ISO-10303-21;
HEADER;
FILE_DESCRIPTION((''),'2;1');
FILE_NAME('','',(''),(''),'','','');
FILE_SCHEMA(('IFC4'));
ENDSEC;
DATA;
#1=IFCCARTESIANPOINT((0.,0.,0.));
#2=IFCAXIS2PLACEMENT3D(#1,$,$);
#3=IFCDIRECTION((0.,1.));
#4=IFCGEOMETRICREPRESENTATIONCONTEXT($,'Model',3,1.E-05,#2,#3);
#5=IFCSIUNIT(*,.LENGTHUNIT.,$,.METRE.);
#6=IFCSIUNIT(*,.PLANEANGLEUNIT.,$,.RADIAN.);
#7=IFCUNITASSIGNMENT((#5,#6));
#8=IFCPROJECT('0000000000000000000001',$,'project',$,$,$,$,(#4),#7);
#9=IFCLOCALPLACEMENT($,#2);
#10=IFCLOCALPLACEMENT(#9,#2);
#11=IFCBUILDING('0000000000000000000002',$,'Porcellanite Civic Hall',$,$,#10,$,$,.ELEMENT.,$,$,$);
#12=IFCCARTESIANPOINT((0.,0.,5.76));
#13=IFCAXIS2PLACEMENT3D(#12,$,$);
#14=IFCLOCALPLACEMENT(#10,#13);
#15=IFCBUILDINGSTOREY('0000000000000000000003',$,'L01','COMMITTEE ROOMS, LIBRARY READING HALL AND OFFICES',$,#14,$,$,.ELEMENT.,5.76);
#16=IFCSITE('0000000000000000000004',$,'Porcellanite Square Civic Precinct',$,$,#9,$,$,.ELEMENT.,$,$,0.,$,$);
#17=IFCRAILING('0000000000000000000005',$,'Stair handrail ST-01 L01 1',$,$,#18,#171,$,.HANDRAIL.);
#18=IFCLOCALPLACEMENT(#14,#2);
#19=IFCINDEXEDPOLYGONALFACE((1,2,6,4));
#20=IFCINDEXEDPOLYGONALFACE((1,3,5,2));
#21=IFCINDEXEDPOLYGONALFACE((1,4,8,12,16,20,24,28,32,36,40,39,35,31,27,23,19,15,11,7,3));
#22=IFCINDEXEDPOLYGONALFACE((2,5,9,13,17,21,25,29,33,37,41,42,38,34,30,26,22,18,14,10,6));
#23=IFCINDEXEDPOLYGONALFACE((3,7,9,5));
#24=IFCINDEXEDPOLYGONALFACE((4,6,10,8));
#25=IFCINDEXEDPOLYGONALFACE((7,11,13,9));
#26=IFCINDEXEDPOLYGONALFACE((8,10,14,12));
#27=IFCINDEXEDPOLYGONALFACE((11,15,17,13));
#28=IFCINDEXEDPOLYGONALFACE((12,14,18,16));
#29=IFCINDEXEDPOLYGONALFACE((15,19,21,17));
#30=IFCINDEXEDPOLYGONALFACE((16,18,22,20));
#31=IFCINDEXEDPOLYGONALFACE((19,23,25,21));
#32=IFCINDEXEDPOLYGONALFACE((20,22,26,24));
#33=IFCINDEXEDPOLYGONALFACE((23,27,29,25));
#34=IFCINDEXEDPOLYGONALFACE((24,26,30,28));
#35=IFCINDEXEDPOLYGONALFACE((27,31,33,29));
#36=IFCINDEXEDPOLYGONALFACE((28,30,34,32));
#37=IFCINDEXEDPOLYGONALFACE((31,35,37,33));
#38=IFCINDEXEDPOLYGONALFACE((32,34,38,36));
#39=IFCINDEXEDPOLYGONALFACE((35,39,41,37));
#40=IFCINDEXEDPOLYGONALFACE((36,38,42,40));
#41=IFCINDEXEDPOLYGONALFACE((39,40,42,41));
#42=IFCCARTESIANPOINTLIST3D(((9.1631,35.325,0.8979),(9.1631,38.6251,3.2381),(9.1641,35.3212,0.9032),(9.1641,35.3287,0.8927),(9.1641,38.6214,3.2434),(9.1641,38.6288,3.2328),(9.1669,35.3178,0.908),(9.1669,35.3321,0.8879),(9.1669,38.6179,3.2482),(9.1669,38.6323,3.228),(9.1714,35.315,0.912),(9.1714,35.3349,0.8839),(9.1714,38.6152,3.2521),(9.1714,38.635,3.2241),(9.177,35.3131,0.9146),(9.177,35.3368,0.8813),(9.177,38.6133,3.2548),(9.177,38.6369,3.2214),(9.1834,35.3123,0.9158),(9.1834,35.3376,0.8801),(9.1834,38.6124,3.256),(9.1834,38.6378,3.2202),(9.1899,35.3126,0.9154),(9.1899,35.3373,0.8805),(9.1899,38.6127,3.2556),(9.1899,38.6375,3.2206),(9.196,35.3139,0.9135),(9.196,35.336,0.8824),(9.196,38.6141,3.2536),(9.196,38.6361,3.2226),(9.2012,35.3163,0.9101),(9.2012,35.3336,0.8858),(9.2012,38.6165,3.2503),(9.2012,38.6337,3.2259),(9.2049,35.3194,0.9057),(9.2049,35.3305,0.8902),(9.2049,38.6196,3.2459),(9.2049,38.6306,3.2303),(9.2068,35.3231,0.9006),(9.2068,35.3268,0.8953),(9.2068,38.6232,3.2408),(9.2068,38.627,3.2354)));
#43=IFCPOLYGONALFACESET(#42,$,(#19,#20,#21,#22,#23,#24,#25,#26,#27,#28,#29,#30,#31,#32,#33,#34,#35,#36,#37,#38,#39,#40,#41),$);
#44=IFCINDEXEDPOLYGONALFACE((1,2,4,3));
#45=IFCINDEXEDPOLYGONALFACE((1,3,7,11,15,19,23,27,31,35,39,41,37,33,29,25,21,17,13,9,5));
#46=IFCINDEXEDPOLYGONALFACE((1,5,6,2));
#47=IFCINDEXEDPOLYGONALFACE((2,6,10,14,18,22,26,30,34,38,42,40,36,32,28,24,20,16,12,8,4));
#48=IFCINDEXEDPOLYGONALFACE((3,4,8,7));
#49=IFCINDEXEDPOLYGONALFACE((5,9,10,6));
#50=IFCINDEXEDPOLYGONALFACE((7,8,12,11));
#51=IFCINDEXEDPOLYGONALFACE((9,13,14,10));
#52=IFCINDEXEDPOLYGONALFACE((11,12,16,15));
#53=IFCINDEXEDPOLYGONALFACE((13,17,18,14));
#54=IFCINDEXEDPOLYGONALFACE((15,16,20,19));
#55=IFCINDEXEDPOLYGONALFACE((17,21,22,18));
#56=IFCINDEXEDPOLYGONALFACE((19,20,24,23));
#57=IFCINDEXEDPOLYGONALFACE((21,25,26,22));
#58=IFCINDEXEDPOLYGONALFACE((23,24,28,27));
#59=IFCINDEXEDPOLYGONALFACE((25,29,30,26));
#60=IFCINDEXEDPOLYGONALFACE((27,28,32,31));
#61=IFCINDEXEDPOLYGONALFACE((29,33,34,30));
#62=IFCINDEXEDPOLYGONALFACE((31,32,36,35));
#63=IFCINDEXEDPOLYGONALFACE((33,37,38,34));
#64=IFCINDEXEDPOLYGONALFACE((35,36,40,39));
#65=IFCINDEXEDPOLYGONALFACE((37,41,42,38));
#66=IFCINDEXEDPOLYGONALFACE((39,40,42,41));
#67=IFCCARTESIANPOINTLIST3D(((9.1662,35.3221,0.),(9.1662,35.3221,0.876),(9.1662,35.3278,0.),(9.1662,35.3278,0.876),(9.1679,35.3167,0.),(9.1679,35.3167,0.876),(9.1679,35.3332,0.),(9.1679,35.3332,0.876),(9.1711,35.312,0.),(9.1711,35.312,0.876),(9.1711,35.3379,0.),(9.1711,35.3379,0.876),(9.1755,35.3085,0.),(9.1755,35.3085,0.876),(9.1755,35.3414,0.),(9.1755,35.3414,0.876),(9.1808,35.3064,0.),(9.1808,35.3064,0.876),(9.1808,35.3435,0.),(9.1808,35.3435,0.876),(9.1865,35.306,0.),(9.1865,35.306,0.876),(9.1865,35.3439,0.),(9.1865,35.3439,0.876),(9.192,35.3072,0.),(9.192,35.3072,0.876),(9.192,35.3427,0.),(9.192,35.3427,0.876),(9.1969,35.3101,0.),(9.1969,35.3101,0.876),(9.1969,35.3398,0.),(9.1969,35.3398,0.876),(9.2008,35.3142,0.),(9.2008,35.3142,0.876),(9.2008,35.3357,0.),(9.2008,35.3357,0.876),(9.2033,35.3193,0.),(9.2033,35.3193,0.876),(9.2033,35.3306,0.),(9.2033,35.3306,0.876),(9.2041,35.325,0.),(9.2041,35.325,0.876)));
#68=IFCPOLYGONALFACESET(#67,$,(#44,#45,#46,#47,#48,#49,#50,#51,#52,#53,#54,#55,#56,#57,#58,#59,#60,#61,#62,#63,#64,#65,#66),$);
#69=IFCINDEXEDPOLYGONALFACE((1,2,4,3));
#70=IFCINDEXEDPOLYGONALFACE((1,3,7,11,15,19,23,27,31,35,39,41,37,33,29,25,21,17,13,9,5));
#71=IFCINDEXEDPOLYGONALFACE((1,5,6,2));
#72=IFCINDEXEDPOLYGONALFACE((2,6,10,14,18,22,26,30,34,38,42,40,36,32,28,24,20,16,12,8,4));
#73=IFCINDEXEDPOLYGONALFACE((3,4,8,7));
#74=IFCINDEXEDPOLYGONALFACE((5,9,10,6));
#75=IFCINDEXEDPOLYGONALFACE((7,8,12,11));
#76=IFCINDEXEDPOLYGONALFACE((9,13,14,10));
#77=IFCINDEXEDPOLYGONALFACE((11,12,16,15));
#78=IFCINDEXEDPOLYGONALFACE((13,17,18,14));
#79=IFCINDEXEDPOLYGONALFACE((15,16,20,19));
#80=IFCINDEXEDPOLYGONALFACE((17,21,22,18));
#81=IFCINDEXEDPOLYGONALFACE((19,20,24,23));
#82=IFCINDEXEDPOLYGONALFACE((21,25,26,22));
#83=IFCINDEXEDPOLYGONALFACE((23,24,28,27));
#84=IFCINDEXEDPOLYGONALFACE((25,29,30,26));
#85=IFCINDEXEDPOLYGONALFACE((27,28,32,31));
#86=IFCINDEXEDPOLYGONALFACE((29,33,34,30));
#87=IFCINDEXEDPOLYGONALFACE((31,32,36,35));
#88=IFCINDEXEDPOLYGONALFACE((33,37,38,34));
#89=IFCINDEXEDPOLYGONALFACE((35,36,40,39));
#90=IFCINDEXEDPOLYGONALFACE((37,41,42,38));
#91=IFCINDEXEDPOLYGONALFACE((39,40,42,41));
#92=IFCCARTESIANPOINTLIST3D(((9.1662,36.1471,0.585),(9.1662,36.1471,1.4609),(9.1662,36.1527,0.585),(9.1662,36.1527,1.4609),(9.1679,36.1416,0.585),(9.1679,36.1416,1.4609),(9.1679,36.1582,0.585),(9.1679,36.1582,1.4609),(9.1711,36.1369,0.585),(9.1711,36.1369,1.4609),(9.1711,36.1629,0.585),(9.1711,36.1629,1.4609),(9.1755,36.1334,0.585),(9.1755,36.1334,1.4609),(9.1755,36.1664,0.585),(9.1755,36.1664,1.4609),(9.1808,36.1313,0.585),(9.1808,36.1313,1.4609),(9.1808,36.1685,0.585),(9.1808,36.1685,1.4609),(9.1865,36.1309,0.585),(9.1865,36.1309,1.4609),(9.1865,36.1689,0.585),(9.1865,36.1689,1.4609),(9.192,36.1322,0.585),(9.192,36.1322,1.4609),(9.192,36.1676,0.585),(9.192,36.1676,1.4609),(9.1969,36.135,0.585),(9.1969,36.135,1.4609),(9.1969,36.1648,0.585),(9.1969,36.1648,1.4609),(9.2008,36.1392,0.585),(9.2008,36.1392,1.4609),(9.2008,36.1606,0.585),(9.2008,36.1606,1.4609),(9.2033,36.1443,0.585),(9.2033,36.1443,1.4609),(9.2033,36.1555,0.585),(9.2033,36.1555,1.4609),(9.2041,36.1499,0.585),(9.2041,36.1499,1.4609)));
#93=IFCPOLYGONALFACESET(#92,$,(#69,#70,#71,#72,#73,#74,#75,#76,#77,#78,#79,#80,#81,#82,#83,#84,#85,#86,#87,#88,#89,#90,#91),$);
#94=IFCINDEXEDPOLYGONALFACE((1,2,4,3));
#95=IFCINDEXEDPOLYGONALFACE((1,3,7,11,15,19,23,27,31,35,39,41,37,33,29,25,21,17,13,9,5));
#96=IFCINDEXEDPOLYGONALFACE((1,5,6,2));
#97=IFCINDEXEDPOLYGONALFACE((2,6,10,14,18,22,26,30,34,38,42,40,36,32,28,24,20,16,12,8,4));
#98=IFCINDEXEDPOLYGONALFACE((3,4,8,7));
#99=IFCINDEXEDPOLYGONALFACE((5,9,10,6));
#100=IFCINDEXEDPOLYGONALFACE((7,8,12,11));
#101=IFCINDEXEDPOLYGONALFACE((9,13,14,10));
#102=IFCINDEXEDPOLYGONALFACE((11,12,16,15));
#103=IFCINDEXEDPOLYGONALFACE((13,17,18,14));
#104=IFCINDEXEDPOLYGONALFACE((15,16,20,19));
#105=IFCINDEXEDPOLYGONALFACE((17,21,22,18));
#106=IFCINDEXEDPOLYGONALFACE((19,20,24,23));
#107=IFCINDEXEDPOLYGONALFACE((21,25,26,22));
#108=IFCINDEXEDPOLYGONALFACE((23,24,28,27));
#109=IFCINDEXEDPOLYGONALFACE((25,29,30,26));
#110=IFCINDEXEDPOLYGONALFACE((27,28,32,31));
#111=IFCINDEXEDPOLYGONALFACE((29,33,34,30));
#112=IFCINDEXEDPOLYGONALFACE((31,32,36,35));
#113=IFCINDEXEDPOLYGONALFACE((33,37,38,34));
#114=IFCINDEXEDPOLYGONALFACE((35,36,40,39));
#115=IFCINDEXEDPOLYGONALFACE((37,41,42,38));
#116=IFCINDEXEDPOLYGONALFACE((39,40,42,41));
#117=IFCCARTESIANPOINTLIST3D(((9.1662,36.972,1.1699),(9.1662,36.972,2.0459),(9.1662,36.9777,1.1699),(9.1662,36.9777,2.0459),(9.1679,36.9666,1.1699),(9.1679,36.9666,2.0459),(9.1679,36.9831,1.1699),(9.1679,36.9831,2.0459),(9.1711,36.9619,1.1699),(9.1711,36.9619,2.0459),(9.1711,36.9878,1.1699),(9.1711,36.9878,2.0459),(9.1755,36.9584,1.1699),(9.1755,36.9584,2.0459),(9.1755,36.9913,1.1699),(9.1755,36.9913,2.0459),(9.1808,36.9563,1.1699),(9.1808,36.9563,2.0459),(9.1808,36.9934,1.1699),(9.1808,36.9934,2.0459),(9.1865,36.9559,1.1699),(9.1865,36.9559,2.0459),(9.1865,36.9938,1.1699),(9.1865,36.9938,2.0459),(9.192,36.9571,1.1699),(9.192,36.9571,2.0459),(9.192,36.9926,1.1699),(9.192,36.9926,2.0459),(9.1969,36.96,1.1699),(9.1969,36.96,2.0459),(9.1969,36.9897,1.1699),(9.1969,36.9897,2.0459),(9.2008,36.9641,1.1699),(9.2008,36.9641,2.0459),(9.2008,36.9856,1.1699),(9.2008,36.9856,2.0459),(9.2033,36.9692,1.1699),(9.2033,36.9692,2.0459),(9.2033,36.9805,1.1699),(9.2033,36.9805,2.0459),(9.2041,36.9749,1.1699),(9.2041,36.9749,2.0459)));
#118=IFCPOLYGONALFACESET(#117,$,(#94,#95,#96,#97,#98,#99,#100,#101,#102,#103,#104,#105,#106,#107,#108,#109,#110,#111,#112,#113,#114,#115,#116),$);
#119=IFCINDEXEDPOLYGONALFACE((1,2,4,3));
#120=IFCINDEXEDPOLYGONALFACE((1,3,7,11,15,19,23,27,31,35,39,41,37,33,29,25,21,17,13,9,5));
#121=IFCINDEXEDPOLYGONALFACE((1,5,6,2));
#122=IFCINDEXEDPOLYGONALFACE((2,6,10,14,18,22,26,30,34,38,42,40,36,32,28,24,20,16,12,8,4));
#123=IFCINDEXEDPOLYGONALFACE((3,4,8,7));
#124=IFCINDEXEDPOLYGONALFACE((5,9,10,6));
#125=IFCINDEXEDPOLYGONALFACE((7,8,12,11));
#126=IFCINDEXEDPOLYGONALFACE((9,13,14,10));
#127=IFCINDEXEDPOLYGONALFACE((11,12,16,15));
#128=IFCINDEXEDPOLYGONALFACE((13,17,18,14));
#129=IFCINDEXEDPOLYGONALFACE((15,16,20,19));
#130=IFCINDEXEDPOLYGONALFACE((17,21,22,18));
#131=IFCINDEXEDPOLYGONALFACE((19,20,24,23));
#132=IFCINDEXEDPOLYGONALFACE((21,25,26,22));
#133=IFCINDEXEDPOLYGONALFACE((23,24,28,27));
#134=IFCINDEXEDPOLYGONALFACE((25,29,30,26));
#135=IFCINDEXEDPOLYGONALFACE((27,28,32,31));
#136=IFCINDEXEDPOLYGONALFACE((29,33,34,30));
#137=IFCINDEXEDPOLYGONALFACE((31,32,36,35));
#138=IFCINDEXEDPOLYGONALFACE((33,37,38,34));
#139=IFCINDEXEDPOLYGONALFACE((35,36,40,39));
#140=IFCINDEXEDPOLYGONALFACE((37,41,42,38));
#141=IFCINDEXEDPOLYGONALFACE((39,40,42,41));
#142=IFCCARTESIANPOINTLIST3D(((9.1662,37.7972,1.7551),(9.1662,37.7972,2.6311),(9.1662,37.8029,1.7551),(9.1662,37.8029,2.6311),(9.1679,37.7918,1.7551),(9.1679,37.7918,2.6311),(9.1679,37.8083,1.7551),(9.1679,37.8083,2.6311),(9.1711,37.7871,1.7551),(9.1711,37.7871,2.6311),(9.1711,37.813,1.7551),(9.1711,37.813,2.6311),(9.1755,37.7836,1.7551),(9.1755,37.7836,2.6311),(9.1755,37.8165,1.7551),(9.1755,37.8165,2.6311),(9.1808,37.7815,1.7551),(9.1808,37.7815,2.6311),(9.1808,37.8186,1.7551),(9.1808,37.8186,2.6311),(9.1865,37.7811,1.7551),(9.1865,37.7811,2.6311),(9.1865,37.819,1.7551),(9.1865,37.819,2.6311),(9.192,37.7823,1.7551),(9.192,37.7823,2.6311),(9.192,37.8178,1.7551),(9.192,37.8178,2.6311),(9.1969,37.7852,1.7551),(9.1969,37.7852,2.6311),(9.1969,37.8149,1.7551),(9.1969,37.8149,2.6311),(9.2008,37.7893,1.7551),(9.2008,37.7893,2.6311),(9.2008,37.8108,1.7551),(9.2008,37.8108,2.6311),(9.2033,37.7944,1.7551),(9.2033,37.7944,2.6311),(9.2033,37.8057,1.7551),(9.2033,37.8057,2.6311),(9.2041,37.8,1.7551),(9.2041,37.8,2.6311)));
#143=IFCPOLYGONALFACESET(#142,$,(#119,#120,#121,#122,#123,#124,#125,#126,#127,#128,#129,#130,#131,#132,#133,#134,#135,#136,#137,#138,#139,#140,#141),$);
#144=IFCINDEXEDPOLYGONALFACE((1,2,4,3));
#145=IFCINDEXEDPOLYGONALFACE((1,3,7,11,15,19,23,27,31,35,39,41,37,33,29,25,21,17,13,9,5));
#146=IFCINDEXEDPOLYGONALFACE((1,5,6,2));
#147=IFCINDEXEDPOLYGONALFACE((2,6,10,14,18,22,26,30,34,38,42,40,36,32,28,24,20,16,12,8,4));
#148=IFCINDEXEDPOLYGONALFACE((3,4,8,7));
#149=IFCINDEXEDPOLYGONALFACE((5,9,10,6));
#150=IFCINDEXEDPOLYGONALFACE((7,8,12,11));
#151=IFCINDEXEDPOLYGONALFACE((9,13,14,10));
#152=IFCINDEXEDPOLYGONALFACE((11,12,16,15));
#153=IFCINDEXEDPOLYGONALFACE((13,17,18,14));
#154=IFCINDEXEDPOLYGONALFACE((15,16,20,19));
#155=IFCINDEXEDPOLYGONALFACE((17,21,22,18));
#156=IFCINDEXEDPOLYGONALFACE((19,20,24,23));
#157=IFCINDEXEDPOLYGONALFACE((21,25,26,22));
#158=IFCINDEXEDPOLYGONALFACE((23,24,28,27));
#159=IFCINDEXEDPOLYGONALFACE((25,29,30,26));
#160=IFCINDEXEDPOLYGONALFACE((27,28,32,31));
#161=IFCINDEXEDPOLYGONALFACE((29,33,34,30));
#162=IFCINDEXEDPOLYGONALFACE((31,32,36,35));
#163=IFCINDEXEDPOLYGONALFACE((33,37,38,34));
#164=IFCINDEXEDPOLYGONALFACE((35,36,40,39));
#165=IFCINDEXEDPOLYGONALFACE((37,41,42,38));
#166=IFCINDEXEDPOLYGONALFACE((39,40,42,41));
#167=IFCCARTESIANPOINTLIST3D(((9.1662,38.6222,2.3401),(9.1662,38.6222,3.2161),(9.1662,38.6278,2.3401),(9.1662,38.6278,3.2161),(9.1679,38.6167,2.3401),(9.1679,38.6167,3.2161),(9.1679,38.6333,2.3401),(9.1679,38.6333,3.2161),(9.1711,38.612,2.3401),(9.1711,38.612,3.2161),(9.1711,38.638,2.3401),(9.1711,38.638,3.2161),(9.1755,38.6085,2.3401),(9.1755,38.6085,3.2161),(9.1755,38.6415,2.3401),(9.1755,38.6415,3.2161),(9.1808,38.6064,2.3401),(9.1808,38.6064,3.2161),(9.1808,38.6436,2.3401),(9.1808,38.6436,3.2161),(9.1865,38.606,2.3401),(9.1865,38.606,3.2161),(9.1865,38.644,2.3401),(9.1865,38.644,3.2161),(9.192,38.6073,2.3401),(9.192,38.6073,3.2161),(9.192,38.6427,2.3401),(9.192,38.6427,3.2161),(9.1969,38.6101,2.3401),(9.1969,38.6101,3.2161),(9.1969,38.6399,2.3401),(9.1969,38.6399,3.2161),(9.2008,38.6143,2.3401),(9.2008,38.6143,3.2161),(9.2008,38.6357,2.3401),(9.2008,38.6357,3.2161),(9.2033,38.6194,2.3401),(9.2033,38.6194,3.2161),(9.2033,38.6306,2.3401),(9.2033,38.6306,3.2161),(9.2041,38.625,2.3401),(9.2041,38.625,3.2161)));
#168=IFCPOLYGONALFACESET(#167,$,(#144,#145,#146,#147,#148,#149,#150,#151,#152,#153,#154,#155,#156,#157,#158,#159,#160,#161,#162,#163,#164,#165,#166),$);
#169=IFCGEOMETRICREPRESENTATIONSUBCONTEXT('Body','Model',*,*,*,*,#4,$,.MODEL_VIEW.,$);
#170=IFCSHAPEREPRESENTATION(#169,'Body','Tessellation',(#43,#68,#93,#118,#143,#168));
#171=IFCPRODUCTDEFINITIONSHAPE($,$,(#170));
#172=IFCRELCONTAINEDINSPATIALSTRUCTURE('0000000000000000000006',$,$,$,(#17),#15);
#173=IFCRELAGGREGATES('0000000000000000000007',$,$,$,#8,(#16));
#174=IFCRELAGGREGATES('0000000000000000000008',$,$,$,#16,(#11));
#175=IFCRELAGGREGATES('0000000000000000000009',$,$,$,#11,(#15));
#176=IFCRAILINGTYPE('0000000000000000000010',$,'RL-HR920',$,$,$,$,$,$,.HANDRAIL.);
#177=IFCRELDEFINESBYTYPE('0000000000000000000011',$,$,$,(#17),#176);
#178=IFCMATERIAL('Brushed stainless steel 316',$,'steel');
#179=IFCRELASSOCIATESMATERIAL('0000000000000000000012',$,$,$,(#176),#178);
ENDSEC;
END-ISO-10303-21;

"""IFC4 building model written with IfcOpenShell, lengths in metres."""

from ifc_helpers import new_model, si_unit, direction, frame, origin, origin_2d, place, context, subcontext, project, spatial, circle, extrude, material, type_object, element, save


model = new_model("IFC4")

# Units and contexts
model_context = context("Model", 3, precision=1e-05, world=origin(), true_north=direction((0.0, 1.0)))
body_context = subcontext(model_context, "Body", "Model", "MODEL_VIEW")
ifc_project = project(units=[si_unit("LENGTHUNIT", "METRE"), si_unit("PLANEANGLEUNIT", "RADIAN")], contexts=[model_context])

# Site, building, storey
site_placement = place(None, origin())
site = spatial("IfcSite", under=ifc_project, at=site_placement, Name="Porcellanite Square Civic Precinct", CompositionType="ELEMENT", RefElevation=0.0)
building_placement = place(site_placement, origin())
building = spatial("IfcBuilding", under=site, at=building_placement, Name="Porcellanite Civic Hall", CompositionType="ELEMENT")
storey_placement = place(building_placement, frame((0.0, 0.0, 5.76)))
storey = spatial("IfcBuildingStorey", under=building, at=storey_placement, Name="L01", Description="COMMITTEE ROOMS, LIBRARY READING HALL AND OFFICES", CompositionType="ELEMENT", Elevation=5.76)

# Railing
ifc_material_1 = material(Name="Brushed stainless steel 316", Category="steel")
railing_type_1 = type_object("IfcRailingType", Name="RL-HR920", PredefinedType="HANDRAIL", material=ifc_material_1)
railing_1_placement = place(storey_placement, frame((9.1851, 35.325, 0.0)))
element("IfcRailing", 1, at=railing_1_placement, inside=storey, type_object=railing_type_1, Name="Stair handrail ST-01 L01 1", PredefinedType="HANDRAIL", context=body_context, shape_type="SweptSolid", body=[
    extrude(circle(Radius=0.022, at=origin_2d()), frame((0.0, 0.0, 0.8979), z_axis=(0.0, 0.815727, 0.578438), x_axis=(-1.0, 0.0, 0.0)), (0.0, 0.0, 1.0), 4.0457),
    extrude(circle(Radius=0.019, at=origin_2d()), origin(), (0.0, 0.0, 1.0), 0.876),
    extrude(circle(Radius=0.019, at=origin_2d()), frame((0.0, 0.825, 0.585)), (0.0, 0.0, 1.0), 0.876),
    extrude(circle(Radius=0.019, at=origin_2d()), frame((0.0, 1.6499, 1.1699)), (0.0, 0.0, 1.0), 0.876),
    extrude(circle(Radius=0.019, at=origin_2d()), frame((0.0, 2.4751, 1.7551)), (0.0, 0.0, 1.0), 0.876),
    extrude(circle(Radius=0.019, at=origin_2d()), frame((0.0, 3.3, 2.3401)), (0.0, 0.0, 1.0), 0.876),
])

save(model, "model.ifc")
